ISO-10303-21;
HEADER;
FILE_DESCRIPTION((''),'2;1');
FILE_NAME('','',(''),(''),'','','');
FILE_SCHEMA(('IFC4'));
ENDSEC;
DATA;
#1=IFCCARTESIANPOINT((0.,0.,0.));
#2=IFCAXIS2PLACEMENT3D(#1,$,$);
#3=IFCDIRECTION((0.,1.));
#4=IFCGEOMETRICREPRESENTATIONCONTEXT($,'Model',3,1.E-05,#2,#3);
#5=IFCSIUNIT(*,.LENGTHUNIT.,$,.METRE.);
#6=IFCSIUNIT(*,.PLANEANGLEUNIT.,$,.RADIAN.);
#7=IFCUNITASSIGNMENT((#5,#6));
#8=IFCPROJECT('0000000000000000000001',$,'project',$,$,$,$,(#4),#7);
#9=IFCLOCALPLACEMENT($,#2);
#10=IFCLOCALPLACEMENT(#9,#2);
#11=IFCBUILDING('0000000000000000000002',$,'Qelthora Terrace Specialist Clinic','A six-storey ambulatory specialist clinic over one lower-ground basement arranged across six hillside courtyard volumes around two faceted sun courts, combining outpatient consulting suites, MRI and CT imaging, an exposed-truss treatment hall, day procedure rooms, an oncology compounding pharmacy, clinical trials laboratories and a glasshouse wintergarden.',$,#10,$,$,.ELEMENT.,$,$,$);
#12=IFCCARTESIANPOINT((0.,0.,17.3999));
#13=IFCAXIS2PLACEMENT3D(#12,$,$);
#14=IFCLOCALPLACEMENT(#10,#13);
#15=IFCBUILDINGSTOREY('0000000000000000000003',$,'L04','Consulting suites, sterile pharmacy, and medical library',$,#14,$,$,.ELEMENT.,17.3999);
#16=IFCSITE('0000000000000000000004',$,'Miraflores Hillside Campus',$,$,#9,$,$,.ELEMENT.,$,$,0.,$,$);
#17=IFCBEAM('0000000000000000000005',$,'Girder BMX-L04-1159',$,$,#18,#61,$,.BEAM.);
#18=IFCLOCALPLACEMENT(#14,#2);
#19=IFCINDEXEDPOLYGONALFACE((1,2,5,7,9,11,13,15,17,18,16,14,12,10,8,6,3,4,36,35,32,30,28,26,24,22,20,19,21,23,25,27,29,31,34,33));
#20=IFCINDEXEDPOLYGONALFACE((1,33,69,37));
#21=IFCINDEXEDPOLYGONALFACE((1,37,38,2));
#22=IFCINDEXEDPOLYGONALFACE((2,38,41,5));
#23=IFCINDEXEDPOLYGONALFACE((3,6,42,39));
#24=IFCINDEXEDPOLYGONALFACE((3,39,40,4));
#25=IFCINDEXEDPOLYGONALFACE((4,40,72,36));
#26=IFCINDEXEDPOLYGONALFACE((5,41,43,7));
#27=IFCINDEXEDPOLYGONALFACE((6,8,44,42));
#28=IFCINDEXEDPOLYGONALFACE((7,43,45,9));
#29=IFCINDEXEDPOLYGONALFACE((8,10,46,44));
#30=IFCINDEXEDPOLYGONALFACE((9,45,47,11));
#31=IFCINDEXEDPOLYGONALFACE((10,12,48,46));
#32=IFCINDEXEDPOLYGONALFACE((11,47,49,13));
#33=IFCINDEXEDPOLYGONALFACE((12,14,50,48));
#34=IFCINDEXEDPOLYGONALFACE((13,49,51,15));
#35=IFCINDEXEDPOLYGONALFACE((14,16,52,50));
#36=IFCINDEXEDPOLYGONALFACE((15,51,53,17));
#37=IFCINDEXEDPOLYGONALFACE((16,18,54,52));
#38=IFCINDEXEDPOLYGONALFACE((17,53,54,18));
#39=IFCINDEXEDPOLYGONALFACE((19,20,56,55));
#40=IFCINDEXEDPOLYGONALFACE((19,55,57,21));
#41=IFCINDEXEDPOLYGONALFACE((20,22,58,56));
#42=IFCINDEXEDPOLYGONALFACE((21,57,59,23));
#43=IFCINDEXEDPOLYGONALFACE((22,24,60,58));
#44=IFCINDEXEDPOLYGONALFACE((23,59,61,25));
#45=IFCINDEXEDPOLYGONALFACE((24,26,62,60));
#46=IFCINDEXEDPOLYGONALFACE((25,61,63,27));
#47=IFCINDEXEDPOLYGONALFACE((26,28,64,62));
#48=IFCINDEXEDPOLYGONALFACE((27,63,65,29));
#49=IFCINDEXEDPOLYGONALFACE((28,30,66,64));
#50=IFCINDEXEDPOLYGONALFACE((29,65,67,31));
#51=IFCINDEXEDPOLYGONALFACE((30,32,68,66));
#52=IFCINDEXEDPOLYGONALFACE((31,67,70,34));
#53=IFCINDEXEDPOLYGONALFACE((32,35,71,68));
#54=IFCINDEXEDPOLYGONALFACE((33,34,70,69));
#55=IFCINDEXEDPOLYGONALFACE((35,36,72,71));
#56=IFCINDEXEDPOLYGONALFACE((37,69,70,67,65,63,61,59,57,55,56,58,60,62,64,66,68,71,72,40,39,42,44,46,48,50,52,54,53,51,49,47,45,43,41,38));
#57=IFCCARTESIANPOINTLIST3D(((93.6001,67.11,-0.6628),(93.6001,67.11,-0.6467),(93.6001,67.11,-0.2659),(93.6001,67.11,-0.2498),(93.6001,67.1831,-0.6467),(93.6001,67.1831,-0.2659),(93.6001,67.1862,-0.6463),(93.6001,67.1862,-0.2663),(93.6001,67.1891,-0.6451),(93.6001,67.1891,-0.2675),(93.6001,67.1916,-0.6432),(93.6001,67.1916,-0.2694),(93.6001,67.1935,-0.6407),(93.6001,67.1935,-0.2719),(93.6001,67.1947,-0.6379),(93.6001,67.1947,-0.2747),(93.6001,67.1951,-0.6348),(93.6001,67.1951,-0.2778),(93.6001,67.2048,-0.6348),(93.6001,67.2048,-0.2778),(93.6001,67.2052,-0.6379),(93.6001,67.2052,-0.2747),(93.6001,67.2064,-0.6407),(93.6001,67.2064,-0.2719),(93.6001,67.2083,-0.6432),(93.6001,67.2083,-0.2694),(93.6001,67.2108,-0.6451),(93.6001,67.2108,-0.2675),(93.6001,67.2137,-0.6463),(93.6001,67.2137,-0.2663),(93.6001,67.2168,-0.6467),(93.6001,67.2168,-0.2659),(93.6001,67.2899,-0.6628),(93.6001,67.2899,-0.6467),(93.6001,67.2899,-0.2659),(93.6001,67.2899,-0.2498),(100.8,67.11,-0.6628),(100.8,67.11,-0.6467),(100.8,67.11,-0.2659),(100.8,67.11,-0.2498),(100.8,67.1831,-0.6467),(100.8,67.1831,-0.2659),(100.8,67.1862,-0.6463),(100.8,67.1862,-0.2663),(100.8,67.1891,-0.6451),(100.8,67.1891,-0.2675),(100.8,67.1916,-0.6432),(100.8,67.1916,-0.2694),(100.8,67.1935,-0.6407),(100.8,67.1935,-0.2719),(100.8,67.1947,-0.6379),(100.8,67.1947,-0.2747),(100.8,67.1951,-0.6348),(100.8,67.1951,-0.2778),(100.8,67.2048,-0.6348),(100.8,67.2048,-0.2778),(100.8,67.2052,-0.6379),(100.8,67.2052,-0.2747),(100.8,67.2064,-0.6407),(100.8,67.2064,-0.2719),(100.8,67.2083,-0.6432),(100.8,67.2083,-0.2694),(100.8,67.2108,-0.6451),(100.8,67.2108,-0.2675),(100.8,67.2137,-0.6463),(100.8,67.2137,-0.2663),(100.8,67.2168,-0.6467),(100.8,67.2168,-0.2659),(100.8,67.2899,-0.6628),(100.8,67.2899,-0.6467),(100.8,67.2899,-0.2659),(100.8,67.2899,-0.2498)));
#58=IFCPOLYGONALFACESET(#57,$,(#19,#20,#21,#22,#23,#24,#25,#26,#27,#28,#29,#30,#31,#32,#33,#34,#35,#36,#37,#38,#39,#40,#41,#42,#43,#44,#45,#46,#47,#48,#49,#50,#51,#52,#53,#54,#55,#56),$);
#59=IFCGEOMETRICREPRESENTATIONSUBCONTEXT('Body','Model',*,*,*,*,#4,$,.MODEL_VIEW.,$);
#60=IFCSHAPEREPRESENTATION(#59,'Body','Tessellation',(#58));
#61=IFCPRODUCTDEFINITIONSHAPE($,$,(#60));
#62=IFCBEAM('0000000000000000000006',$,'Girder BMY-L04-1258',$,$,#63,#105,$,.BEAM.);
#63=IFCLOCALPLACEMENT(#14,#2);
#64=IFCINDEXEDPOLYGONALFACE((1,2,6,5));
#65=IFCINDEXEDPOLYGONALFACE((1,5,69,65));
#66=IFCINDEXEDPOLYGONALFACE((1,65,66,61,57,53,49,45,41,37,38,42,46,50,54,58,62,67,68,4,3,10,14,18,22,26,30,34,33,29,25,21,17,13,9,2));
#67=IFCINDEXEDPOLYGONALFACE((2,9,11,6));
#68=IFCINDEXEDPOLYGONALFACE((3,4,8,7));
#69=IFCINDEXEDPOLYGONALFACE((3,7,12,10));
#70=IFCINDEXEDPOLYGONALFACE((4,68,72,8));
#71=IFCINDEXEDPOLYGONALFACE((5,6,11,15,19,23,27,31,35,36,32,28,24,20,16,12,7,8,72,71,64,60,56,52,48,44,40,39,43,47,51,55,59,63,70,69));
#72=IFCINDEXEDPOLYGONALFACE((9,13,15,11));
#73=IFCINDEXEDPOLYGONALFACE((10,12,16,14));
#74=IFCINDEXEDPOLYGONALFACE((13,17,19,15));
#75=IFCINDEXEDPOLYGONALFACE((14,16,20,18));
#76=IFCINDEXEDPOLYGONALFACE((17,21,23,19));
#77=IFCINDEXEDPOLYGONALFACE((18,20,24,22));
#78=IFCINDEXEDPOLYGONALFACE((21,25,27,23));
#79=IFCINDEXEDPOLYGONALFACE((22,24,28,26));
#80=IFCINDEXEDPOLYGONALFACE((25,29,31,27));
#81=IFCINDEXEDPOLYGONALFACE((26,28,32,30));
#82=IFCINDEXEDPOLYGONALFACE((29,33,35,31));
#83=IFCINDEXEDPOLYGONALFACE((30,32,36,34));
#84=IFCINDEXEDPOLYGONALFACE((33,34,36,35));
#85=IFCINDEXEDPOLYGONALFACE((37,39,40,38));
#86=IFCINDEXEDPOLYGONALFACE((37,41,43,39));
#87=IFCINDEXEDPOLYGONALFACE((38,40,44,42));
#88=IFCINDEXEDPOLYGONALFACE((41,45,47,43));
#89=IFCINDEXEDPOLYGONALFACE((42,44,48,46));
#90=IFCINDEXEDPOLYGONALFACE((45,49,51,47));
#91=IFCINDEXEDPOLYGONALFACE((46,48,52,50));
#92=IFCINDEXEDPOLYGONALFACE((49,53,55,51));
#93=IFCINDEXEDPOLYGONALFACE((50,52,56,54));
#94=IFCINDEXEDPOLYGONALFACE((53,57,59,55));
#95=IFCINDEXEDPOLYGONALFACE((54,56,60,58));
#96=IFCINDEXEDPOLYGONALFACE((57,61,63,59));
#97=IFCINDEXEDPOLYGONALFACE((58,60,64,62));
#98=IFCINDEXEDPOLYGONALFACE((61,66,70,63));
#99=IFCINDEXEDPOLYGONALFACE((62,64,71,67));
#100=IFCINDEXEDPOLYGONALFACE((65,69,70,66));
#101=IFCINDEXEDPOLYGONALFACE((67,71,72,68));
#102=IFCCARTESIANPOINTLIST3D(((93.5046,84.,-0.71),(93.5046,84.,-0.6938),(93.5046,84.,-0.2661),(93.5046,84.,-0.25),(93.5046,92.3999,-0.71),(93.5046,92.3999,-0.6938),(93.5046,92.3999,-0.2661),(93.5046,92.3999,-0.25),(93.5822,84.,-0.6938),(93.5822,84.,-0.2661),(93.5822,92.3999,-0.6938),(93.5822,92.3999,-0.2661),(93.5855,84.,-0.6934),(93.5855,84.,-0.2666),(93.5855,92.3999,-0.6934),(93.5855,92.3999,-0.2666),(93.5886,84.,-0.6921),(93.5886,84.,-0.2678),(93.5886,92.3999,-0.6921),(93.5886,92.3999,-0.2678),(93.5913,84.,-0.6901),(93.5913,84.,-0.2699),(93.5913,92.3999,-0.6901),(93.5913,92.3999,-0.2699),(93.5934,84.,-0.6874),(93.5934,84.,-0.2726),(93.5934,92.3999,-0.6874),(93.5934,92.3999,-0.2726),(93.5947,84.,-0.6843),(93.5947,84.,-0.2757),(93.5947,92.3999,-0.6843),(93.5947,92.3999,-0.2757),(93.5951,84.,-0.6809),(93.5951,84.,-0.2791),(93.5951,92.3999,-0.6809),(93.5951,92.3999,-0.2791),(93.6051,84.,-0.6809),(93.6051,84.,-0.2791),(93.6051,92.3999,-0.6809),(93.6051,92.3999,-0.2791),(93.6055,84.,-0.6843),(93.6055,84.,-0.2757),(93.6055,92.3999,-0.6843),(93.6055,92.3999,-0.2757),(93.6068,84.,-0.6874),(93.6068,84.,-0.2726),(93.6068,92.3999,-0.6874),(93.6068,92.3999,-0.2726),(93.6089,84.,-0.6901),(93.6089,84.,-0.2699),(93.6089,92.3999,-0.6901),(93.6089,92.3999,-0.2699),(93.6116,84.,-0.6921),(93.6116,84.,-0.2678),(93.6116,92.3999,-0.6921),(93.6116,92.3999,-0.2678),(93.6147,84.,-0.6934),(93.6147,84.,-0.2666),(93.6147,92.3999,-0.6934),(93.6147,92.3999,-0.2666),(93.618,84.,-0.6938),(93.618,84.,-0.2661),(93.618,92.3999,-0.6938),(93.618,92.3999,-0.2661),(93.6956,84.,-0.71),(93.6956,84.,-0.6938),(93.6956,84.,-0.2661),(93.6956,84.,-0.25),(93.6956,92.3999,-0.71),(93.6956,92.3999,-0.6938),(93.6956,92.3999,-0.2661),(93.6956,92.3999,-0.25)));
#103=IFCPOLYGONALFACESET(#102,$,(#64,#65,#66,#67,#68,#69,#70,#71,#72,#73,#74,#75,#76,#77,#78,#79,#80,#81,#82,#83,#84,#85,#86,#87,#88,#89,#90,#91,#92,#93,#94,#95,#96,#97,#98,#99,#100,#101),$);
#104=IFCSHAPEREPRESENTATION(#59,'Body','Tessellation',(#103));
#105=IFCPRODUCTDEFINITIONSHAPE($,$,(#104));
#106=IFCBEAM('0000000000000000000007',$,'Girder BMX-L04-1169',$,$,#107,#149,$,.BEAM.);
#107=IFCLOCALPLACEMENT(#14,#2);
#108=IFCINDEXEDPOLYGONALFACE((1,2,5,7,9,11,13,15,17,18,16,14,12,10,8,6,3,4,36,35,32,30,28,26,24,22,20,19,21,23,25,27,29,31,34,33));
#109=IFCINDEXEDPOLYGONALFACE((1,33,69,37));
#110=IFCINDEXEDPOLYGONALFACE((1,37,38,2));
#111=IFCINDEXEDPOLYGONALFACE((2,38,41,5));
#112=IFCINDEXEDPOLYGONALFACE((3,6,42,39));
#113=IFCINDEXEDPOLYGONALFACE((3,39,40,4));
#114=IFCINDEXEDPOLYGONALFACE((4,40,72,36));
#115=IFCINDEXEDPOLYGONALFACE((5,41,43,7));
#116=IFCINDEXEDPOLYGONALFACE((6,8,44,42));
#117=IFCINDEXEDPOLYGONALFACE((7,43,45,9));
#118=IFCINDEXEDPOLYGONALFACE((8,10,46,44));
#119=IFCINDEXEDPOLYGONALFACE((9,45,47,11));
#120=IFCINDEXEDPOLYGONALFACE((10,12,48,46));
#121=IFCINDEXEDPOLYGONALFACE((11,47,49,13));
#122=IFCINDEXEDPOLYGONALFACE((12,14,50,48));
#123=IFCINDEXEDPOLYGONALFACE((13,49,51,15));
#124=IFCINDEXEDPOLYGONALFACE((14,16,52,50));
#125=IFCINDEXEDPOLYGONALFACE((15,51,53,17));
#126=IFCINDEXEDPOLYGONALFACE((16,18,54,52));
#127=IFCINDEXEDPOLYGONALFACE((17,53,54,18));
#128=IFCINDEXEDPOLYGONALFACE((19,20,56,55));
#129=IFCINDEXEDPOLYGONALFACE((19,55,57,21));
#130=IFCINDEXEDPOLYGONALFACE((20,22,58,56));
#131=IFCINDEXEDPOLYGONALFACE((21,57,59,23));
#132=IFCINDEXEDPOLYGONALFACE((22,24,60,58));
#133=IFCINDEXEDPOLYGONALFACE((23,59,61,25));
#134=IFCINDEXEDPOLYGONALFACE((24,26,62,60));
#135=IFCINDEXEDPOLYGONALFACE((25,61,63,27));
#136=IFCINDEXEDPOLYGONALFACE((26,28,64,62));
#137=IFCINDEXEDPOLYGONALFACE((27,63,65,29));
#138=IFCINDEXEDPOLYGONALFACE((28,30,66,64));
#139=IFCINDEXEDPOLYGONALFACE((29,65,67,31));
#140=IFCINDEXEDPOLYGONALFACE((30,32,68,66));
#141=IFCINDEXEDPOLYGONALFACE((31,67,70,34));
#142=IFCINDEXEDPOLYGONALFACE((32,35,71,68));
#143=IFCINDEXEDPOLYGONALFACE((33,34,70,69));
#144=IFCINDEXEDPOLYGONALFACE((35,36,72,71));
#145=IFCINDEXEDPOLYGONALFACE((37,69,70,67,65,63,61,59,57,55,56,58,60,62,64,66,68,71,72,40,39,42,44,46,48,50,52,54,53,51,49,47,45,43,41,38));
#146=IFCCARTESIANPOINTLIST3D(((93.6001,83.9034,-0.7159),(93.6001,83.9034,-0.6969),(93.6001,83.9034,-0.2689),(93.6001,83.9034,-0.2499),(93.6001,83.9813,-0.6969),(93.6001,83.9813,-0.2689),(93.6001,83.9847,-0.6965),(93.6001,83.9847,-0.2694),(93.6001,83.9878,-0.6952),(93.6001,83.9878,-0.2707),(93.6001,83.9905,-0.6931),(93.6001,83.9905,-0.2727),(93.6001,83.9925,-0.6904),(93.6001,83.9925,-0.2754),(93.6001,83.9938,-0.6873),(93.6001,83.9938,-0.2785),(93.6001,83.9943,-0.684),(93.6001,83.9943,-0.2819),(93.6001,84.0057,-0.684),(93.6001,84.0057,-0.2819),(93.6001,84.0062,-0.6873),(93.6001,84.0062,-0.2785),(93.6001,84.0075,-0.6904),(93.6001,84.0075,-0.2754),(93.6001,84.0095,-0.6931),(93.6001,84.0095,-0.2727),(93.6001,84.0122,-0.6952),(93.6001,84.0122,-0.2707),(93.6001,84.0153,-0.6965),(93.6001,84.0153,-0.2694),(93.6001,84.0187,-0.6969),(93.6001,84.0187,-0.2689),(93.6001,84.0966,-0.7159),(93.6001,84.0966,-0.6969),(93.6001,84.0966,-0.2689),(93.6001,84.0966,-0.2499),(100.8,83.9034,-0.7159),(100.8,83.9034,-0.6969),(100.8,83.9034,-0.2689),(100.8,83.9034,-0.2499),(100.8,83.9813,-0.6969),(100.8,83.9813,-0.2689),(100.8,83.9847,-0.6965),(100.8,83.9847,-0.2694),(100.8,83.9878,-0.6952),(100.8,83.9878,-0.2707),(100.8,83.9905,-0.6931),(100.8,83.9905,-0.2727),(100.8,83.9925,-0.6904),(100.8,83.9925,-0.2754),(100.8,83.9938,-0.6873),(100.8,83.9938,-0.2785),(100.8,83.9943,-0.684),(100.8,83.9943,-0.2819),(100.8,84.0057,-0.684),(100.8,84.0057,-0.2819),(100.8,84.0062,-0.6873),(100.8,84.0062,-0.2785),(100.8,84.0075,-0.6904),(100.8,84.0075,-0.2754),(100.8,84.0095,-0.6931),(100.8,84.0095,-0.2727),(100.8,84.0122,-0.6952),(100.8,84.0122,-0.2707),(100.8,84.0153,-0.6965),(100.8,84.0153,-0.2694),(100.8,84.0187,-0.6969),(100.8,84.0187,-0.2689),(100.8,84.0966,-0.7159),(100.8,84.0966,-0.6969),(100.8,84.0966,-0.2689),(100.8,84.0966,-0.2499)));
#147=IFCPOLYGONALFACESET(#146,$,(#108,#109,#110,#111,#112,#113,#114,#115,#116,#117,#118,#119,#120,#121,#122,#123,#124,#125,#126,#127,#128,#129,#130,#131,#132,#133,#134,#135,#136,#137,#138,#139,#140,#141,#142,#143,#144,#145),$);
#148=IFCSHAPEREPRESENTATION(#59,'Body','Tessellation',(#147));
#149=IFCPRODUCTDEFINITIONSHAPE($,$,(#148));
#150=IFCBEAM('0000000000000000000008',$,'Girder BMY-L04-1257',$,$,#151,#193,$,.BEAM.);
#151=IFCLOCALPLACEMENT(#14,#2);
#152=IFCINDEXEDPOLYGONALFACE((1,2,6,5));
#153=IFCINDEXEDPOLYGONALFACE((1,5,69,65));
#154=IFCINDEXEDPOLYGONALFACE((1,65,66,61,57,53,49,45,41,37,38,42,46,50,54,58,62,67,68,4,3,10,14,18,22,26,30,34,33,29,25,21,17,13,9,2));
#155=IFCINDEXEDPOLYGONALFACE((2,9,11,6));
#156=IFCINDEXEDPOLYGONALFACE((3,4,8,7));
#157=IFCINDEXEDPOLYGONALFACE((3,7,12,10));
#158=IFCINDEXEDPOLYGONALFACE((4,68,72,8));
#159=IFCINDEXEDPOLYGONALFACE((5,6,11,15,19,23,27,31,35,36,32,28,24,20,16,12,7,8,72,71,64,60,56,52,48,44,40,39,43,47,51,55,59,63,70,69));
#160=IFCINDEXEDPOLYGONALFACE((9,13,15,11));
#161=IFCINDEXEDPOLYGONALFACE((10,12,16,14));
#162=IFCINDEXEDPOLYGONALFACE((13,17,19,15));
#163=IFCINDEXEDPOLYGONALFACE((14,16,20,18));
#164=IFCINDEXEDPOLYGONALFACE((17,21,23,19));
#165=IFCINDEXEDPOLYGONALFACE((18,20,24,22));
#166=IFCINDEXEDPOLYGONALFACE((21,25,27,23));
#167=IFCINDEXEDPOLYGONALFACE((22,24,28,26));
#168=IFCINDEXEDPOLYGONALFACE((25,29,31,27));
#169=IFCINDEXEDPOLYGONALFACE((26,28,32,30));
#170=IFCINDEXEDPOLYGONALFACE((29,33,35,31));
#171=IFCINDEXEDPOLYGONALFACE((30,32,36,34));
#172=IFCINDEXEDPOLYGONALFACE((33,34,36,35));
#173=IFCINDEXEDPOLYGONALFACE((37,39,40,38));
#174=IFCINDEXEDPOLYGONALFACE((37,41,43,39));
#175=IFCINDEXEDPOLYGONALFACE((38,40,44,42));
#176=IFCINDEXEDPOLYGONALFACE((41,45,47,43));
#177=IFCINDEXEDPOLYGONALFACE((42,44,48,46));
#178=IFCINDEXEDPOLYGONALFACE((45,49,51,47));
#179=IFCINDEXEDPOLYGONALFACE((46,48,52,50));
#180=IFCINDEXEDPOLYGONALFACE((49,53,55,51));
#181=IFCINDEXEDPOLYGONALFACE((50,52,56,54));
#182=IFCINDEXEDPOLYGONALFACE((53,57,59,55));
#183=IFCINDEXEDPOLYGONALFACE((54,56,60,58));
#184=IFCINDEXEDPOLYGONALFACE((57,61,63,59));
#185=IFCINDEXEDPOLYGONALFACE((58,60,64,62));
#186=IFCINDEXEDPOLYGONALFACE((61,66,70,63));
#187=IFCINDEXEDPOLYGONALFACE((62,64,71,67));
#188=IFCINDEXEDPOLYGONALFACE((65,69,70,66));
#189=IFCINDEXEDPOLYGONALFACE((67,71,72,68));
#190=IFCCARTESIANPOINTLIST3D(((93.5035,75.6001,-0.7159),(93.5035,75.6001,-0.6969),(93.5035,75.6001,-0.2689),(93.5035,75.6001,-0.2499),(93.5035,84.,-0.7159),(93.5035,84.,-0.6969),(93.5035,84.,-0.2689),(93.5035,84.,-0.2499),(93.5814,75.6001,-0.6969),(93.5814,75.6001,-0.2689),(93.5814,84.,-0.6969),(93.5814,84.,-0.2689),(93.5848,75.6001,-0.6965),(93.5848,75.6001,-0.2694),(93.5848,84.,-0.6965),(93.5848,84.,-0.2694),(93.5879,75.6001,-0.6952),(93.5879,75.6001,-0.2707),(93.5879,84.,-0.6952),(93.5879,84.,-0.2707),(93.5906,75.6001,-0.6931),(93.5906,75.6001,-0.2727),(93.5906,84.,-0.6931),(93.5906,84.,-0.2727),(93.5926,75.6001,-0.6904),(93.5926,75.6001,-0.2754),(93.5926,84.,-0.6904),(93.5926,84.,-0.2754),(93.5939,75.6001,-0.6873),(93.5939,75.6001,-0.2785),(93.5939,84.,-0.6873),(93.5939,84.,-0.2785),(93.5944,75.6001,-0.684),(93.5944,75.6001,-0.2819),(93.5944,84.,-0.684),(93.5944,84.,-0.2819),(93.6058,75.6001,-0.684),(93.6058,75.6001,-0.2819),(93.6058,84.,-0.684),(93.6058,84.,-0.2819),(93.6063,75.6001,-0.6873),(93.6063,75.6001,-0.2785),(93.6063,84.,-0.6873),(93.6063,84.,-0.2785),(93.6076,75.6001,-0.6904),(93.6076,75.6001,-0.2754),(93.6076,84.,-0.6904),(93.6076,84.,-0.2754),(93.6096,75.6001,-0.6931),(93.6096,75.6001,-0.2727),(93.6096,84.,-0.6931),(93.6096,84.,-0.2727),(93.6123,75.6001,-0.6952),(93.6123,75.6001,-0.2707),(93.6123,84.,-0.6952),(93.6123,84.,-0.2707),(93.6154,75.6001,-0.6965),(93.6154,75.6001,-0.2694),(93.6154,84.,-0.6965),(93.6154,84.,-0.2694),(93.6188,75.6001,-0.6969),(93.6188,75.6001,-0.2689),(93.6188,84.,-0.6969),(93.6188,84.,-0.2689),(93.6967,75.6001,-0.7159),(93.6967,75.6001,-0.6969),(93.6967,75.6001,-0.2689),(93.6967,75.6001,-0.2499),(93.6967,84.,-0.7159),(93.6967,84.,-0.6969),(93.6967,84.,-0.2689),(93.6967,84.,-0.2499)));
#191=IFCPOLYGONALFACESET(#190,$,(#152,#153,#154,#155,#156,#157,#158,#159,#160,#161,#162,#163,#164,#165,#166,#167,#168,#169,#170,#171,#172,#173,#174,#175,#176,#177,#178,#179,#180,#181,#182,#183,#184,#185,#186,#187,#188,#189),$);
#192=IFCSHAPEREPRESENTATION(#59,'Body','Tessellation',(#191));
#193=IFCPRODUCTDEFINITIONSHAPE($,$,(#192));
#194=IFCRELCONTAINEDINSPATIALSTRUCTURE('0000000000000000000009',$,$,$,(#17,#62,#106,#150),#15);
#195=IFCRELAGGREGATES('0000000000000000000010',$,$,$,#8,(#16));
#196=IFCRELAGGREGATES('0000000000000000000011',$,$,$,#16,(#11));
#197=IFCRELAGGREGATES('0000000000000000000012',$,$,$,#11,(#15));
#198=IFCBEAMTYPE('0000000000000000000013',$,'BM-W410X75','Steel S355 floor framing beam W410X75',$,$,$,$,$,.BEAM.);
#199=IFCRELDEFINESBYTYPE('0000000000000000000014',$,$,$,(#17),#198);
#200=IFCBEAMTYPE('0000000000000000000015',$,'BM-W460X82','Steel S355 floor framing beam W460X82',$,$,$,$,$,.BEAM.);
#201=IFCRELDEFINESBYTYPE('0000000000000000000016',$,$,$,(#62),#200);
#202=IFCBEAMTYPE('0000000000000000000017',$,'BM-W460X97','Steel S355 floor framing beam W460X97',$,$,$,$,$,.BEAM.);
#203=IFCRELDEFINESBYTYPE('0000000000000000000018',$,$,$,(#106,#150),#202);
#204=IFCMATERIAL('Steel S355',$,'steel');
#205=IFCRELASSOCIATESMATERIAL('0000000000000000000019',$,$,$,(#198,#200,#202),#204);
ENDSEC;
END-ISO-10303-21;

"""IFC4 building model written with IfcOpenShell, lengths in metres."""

from ifc_helpers import new_model, si_unit, direction, frame, origin, origin_2d, place, context, subcontext, project, spatial, i_section, extrude, material, material_profile, profile_set, type_object, element, save


model = new_model("IFC4")

# Units and contexts
model_context = context("Model", 3, precision=1e-05, world=origin(), true_north=direction((0.0, 1.0)))
body_context = subcontext(model_context, "Body", "Model", "MODEL_VIEW")
ifc_project = project(units=[si_unit("LENGTHUNIT", "METRE"), si_unit("PLANEANGLEUNIT", "RADIAN")], contexts=[model_context])

# Site, building, storey
site_placement = place(None, origin())
site = spatial("IfcSite", under=ifc_project, at=site_placement, Name="Miraflores Hillside Campus", CompositionType="ELEMENT", RefElevation=0.0)
building_placement = place(site_placement, origin())
building = spatial("IfcBuilding", under=site, at=building_placement, Name="Qelthora Terrace Specialist Clinic", Description="A six-storey ambulatory specialist clinic over one lower-ground basement arranged across six hillside courtyard volumes around two faceted sun courts, combining outpatient consulting suites, MRI and CT imaging, an exposed-truss treatment hall, day procedure rooms, an oncology compounding pharmacy, clinical trials laboratories and a glasshouse wintergarden.", CompositionType="ELEMENT")
storey_placement = place(building_placement, frame((0.0, 0.0, 17.3999)))
storey = spatial("IfcBuildingStorey", under=building, at=storey_placement, Name="L04", Description="Consulting suites, sterile pharmacy, and medical library", CompositionType="ELEMENT", Elevation=17.3999)

# Beams
ifc_material_1 = material(Name="Steel S355", Category="steel")
ifc_material_profile_1 = material_profile(ifc_material_1, i_section(OverallWidth=0.1799, OverallDepth=0.4131, WebThickness=0.0098, FlangeThickness=0.0161, FilletRadius=0.012, at=origin_2d()), Name="W410X75")
ifc_profile_set_1 = profile_set([ifc_material_profile_1], Name="Steel S355")
beam_type_1 = type_object("IfcBeamType", Name="BM-W410X75", Description="Steel S355 floor framing beam W410X75", PredefinedType="BEAM", material=ifc_profile_set_1)
beam_1_placement = place(storey_placement, frame((93.6001, 67.2, -0.4563), z_axis=(1.0, 0.0, 0.0), x_axis=(0.0, 1.0, 0.0)))
element("IfcBeam", 1, at=beam_1_placement, inside=storey, type_object=beam_type_1, Name="Girder BMX-L04-1159", PredefinedType="BEAM", context=body_context, shape_type="SweptSolid", body=[
    extrude(i_section(OverallWidth=0.1799, OverallDepth=0.4131, WebThickness=0.0098, FlangeThickness=0.0161, FilletRadius=0.012, at=origin_2d()), origin(), (0.0, 0.0, 1.0), 7.2),
])
ifc_material_profile_2 = material_profile(ifc_material_1, i_section(OverallWidth=0.1909, OverallDepth=0.46, WebThickness=0.01, FlangeThickness=0.0161, FilletRadius=0.0129, at=origin_2d()), Name="W460X82")
ifc_profile_set_2 = profile_set([ifc_material_profile_2], Name="Steel S355")
beam_type_2 = type_object("IfcBeamType", Name="BM-W460X82", Description="Steel S355 floor framing beam W460X82", PredefinedType="BEAM", material=ifc_profile_set_2)
beam_2_placement = place(storey_placement, frame((93.6001, 84.0, -0.48), z_axis=(0.0, 1.0, 0.0), x_axis=(-1.0, 0.0, 0.0)))
element("IfcBeam", 2, at=beam_2_placement, inside=storey, type_object=beam_type_2, Name="Girder BMY-L04-1258", PredefinedType="BEAM", context=body_context, shape_type="SweptSolid", body=[
    extrude(i_section(OverallWidth=0.1909, OverallDepth=0.46, WebThickness=0.01, FlangeThickness=0.0161, FilletRadius=0.0129, at=origin_2d()), origin(), (0.0, 0.0, 1.0), 8.3999),
])
ifc_material_profile_3 = material_profile(ifc_material_1, i_section(OverallWidth=0.1931, OverallDepth=0.4661, WebThickness=0.0115, FlangeThickness=0.019, FilletRadius=0.0129, at=origin_2d()), Name="W460X97")
ifc_profile_set_3 = profile_set([ifc_material_profile_3], Name="Steel S355")
beam_type_3 = type_object("IfcBeamType", Name="BM-W460X97", Description="Steel S355 floor framing beam W460X97", PredefinedType="BEAM", material=ifc_profile_set_3)
beam_3_placement = place(storey_placement, frame((93.6001, 84.0, -0.4829), z_axis=(1.0, 0.0, 0.0), x_axis=(0.0, 1.0, 0.0)))
element("IfcBeam", 3, at=beam_3_placement, inside=storey, type_object=beam_type_3, Name="Girder BMX-L04-1169", PredefinedType="BEAM", context=body_context, shape_type="SweptSolid", body=[
    extrude(i_section(OverallWidth=0.1931, OverallDepth=0.4661, WebThickness=0.0115, FlangeThickness=0.019, FilletRadius=0.0129, at=origin_2d()), origin(), (0.0, 0.0, 1.0), 7.2),
])
beam_4_placement = place(storey_placement, frame((93.6001, 75.6001, -0.4829), z_axis=(0.0, 1.0, 0.0), x_axis=(-1.0, 0.0, 0.0)))
element("IfcBeam", 4, at=beam_4_placement, inside=storey, type_object=beam_type_3, Name="Girder BMY-L04-1257", PredefinedType="BEAM", context=body_context, shape_type="SweptSolid", body=[
    extrude(i_section(OverallWidth=0.1931, OverallDepth=0.4661, WebThickness=0.0115, FlangeThickness=0.019, FilletRadius=0.0129, at=origin_2d()), origin(), (0.0, 0.0, 1.0), 8.3999),
])

save(model, "model.ifc")
